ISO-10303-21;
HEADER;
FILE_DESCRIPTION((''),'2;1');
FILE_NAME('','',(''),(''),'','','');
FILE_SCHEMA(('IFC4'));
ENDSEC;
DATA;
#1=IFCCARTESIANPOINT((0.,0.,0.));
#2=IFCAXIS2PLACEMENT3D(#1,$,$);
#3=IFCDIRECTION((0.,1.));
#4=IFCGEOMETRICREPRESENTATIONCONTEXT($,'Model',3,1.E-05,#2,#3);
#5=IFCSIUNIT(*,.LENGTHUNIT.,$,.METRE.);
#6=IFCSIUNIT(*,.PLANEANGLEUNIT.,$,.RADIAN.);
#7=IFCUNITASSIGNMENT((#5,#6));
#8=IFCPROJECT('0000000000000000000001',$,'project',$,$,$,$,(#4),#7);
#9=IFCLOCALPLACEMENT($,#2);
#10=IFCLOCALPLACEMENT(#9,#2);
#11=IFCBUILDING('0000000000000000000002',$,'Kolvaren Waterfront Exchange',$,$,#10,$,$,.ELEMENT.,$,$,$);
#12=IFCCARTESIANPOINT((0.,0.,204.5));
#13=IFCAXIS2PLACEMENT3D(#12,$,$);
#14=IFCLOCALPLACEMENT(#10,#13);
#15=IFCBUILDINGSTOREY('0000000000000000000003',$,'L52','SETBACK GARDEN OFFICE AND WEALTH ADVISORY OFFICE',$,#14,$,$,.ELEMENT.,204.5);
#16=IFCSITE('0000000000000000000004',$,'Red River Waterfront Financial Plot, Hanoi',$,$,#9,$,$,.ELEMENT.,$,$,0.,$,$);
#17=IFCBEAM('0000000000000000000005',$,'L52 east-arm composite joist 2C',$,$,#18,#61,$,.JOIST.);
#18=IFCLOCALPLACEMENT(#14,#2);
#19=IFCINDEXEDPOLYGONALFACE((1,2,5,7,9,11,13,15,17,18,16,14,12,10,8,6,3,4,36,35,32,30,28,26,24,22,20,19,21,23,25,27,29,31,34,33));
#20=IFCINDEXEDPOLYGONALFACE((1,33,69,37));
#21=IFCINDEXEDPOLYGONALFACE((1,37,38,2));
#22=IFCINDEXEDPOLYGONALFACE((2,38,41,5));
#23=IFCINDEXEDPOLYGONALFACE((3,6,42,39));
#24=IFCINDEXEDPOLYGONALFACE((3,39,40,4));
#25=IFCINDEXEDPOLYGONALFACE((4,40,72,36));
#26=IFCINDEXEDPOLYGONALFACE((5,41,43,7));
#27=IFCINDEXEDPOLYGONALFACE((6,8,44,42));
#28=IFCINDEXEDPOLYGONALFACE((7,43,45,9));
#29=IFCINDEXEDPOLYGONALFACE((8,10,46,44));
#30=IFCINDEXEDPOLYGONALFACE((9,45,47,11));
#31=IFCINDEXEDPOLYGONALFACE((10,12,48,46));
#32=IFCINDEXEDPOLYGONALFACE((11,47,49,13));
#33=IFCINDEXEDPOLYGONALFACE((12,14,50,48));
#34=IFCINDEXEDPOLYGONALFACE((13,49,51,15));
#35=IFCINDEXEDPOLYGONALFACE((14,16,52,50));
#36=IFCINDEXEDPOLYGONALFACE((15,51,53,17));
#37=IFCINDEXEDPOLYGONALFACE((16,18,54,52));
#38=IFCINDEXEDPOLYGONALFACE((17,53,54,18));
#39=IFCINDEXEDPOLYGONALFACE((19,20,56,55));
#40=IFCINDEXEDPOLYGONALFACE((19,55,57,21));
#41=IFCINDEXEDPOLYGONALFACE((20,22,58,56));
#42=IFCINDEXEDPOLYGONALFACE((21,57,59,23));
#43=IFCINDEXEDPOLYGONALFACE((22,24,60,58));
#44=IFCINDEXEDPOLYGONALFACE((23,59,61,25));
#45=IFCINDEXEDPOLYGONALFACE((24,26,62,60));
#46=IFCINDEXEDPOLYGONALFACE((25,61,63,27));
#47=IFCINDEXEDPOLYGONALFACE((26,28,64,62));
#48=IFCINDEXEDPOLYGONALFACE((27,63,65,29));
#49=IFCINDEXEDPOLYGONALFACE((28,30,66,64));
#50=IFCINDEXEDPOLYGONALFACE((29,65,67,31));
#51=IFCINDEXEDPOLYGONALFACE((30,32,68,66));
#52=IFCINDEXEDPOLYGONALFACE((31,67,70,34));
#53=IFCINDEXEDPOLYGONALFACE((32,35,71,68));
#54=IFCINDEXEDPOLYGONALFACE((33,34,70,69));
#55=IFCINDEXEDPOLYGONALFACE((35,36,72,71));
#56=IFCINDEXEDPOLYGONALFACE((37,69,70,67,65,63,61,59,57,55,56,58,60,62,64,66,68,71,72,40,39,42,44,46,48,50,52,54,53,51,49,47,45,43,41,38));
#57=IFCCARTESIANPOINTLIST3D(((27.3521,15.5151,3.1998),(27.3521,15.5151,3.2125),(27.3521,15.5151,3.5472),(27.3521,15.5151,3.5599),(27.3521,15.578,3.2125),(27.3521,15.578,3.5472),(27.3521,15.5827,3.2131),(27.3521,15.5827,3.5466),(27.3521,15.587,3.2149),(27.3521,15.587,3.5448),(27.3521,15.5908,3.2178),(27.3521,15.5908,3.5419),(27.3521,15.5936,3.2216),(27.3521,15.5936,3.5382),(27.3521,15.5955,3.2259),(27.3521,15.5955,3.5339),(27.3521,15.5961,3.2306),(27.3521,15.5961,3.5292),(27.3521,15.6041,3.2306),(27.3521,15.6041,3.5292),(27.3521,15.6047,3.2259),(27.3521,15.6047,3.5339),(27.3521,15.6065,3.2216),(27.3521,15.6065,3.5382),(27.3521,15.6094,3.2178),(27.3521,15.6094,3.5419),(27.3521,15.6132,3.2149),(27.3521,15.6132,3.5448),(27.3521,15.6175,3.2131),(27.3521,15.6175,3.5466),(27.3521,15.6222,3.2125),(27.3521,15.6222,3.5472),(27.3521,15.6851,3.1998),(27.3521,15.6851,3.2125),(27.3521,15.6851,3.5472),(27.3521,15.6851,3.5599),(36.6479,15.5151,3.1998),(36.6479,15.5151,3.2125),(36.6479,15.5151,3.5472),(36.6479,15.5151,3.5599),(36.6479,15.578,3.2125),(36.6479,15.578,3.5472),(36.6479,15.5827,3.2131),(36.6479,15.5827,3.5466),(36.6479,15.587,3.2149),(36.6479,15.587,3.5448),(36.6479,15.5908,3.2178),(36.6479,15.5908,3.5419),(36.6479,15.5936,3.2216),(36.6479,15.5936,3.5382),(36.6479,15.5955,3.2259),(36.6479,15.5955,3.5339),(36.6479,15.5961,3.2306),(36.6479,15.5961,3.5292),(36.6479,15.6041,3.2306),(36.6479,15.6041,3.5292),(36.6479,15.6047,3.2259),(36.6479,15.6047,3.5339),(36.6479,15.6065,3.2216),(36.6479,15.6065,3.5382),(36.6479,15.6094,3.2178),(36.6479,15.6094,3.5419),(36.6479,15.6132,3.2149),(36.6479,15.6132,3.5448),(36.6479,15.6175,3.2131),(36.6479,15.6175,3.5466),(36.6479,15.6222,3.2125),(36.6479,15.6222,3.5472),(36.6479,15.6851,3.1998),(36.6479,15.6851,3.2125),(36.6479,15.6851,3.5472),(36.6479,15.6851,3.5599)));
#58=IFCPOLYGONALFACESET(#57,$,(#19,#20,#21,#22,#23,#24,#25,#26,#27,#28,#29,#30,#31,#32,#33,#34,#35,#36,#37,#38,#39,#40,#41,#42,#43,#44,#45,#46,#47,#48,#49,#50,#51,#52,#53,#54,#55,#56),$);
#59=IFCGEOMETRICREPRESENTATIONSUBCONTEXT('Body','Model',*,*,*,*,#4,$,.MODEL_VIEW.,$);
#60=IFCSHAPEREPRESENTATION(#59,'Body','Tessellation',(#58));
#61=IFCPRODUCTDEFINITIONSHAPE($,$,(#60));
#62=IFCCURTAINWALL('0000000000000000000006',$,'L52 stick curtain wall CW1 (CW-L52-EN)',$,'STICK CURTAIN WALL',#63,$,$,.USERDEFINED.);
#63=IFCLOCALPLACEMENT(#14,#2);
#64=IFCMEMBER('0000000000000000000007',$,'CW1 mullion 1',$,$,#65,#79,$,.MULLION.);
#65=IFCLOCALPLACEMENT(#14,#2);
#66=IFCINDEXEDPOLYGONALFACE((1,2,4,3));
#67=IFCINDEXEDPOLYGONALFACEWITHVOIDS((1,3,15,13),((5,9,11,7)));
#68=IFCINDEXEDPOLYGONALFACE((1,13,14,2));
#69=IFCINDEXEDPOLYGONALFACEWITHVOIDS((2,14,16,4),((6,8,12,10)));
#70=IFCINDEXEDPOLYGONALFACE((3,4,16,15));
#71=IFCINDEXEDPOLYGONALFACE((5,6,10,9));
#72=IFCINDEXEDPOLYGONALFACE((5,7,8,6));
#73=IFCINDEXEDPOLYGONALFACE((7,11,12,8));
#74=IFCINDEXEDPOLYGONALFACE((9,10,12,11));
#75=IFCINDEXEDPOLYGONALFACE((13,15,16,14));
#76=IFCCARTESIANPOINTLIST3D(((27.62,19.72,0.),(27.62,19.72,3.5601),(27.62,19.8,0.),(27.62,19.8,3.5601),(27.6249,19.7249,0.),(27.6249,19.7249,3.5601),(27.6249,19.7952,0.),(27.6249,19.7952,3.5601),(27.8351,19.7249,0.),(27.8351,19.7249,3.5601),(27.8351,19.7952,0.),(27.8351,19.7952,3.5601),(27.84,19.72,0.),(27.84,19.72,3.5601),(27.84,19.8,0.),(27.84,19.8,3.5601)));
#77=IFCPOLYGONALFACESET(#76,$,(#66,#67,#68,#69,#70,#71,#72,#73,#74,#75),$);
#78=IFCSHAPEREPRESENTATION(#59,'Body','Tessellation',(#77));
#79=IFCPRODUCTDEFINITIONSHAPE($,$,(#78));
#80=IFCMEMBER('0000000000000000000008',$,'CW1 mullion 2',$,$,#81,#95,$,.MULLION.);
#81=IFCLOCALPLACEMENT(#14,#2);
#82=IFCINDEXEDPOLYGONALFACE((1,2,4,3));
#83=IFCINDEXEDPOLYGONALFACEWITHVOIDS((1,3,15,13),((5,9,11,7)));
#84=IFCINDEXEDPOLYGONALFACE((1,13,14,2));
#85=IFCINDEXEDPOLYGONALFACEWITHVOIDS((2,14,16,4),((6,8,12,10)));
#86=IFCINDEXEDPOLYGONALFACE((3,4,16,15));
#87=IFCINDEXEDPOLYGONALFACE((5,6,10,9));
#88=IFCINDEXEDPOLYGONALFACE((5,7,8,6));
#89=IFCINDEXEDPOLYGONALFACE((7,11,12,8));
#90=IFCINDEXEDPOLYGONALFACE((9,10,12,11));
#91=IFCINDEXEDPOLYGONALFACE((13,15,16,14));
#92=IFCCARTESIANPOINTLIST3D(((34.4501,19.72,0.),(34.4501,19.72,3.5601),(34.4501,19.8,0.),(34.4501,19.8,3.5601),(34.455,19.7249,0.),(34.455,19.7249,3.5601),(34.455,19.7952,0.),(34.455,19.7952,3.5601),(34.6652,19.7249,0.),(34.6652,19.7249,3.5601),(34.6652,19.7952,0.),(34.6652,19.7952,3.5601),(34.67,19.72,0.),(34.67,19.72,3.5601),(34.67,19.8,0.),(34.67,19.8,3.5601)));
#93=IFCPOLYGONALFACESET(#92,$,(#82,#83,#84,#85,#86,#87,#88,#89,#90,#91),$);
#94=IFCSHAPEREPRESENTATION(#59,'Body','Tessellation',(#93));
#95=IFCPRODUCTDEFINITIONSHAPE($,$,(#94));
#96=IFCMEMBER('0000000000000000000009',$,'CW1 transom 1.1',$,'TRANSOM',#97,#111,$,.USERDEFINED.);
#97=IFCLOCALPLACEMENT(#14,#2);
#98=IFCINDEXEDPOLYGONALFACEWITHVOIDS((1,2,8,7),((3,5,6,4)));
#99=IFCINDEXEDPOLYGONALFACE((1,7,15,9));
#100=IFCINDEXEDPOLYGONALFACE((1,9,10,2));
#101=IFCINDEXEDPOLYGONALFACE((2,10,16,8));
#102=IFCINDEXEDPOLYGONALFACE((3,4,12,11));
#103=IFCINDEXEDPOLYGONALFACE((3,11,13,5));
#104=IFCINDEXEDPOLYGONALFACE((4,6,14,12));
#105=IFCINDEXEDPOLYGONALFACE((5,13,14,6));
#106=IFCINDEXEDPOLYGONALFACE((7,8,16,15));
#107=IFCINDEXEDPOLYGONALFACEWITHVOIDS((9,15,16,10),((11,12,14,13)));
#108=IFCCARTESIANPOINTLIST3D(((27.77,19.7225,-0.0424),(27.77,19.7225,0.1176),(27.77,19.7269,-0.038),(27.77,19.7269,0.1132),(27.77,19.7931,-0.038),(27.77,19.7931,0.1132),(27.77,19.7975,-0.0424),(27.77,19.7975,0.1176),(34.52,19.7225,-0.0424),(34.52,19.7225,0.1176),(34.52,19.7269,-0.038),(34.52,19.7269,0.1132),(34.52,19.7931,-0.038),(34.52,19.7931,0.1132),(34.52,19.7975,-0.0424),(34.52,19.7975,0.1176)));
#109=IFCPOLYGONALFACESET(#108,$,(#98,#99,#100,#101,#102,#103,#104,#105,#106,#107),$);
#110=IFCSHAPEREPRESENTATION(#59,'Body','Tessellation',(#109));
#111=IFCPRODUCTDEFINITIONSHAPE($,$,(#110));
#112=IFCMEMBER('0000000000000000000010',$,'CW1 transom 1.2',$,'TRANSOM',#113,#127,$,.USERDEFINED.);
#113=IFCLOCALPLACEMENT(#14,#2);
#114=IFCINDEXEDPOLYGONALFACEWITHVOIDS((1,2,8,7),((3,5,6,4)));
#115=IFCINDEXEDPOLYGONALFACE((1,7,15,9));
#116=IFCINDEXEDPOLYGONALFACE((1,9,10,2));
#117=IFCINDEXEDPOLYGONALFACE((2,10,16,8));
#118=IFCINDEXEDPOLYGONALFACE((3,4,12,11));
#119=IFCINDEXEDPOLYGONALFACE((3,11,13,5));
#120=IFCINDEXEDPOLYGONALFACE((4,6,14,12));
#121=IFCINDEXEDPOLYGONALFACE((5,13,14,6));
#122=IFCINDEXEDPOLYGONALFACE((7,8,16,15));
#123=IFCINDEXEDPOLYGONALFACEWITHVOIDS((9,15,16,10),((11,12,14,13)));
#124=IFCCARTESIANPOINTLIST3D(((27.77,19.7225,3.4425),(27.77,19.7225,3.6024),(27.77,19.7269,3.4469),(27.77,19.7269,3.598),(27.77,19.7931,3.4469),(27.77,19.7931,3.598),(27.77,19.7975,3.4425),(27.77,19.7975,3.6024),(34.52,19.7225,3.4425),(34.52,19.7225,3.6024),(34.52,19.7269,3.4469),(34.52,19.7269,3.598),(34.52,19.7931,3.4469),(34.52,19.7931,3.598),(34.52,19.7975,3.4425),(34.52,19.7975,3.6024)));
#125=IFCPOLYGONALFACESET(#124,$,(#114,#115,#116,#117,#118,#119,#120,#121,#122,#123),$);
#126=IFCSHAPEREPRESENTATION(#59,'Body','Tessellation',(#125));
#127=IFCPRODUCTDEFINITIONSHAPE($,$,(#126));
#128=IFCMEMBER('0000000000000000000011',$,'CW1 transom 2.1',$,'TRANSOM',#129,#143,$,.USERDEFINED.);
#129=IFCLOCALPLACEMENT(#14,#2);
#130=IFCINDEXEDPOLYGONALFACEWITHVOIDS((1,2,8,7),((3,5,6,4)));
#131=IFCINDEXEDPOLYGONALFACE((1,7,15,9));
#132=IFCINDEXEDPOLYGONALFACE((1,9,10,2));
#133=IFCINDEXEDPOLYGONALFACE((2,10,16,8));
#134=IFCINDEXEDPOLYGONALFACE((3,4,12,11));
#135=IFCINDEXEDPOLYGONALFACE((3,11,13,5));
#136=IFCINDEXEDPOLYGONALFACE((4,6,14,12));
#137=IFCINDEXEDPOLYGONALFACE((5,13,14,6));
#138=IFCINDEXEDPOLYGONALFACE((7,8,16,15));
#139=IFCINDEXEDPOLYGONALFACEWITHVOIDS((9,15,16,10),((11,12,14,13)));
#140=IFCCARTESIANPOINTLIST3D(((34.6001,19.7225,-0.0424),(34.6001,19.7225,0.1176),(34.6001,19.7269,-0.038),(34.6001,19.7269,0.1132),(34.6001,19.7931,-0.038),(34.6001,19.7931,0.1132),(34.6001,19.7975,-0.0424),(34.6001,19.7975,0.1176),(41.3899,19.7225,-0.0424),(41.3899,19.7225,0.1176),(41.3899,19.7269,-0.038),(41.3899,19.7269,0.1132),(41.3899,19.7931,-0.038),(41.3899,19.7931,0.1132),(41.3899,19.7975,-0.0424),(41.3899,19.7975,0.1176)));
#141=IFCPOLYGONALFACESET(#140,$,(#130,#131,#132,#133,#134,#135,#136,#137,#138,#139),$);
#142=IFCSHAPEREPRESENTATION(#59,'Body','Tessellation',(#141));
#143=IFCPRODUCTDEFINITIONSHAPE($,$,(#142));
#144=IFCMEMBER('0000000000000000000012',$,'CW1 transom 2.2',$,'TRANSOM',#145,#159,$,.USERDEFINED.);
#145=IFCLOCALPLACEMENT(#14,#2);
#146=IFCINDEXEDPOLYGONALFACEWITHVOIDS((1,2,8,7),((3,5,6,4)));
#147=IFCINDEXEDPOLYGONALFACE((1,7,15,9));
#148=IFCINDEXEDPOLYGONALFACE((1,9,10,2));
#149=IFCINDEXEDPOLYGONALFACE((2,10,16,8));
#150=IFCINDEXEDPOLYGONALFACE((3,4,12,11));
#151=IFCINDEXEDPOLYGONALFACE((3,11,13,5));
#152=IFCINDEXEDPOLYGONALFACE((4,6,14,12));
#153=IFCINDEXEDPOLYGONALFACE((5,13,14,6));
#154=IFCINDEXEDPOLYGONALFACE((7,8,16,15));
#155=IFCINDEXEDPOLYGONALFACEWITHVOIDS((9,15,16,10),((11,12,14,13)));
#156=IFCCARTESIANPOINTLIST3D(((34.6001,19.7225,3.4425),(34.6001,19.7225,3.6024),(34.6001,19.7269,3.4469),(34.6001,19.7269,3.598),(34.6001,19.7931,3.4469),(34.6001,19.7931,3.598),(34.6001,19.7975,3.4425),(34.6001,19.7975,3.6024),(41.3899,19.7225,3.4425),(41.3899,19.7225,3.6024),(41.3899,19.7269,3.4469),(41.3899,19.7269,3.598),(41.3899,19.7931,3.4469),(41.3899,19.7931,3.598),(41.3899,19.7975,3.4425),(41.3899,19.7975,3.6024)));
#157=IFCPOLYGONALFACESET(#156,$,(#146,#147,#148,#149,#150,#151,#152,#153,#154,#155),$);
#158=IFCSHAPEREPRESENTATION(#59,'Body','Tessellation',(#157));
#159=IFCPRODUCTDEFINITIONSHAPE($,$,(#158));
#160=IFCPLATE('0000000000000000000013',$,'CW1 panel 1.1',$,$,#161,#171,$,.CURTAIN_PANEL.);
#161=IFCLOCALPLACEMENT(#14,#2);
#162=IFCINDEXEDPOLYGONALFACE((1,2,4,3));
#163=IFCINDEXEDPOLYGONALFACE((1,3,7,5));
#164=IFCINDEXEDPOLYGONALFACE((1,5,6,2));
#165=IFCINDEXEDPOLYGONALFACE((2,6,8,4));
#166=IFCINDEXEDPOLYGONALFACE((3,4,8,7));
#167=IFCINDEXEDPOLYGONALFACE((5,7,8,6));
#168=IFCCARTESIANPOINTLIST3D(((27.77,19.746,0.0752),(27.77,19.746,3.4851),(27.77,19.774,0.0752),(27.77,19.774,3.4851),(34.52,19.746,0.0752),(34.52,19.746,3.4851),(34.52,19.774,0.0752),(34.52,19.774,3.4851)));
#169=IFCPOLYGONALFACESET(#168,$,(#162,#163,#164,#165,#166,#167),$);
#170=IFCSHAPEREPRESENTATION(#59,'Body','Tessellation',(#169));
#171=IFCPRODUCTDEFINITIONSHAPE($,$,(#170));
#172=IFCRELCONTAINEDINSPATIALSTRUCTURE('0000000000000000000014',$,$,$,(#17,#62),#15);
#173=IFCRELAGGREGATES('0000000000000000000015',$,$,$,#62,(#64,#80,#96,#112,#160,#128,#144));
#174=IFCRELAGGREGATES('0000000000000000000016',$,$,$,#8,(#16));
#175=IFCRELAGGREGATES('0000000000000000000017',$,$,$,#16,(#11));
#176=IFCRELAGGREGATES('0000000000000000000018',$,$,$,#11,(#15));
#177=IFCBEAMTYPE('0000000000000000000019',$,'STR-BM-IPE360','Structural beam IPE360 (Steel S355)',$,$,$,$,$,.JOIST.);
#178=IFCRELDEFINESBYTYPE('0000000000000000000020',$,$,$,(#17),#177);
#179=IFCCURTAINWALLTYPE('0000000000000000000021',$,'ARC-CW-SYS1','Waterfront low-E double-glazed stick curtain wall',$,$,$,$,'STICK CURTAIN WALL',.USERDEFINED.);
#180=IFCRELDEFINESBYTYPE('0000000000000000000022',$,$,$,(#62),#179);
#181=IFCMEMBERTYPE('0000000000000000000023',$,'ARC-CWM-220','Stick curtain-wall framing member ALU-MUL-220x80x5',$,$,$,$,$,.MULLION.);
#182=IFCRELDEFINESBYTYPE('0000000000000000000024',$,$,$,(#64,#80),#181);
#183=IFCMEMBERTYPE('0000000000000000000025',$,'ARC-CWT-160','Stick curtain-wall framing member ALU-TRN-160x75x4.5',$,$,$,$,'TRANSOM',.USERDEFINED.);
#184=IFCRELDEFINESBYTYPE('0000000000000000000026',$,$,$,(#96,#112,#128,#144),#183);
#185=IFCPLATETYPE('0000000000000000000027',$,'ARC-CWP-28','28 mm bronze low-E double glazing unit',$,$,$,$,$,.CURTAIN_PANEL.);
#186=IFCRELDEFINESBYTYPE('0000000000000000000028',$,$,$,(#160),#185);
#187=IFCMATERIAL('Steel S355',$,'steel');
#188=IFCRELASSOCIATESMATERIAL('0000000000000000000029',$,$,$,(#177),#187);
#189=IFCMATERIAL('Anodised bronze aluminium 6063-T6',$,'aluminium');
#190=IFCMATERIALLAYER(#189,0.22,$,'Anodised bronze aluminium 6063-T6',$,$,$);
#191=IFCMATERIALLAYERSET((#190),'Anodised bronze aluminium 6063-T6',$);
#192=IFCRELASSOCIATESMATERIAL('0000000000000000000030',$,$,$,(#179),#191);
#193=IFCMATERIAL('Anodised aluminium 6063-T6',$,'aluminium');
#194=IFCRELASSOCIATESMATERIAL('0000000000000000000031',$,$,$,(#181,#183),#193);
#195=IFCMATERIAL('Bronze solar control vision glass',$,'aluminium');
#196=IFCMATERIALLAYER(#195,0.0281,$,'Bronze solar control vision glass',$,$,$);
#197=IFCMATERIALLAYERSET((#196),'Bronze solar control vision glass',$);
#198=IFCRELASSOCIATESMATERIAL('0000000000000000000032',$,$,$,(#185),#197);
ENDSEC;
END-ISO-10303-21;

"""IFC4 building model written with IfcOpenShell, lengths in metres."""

from ifc_helpers import new_model, si_unit, direction, frame, origin, origin_with_axes, origin_2d, place, context, subcontext, project, spatial, rectangle, hollow_rectangle, i_section, extrude, source, transform, mapped, material, layer, layer_set, material_profile, profile_set, type_object, element, aggregate, save


model = new_model("IFC4")

# Units and contexts
model_context = context("Model", 3, precision=1e-05, world=origin(), true_north=direction((0.0, 1.0)))
body_context = subcontext(model_context, "Body", "Model", "MODEL_VIEW")
ifc_project = project(units=[si_unit("LENGTHUNIT", "METRE"), si_unit("PLANEANGLEUNIT", "RADIAN")], contexts=[model_context])

# Site, building, storey
site_placement = place(None, origin())
site = spatial("IfcSite", under=ifc_project, at=site_placement, Name="Red River Waterfront Financial Plot, Hanoi", CompositionType="ELEMENT", RefElevation=0.0)
building_placement = place(site_placement, origin())
building = spatial("IfcBuilding", under=site, at=building_placement, Name="Kolvaren Waterfront Exchange", CompositionType="ELEMENT")
storey_placement = place(building_placement, frame((0.0, 0.0, 204.5)))
storey = spatial("IfcBuildingStorey", under=building, at=storey_placement, Name="L52", Description="SETBACK GARDEN OFFICE AND WEALTH ADVISORY OFFICE", CompositionType="ELEMENT", Elevation=204.5)

# Beam
ifc_material_1 = material(Name="Steel S355", Category="steel")
ifc_material_profile_1 = material_profile(ifc_material_1, i_section(OverallWidth=0.1699, OverallDepth=0.3601, WebThickness=0.0081, FlangeThickness=0.0127, FilletRadius=0.0181, at=origin_2d()), Name="IPE360")
ifc_profile_set_1 = profile_set([ifc_material_profile_1], Name="Steel S355")
beam_type_1 = type_object("IfcBeamType", Name="STR-BM-IPE360", Description="Structural beam IPE360 (Steel S355)", PredefinedType="JOIST", material=ifc_profile_set_1)
for number, where, z_axis, x_axis, name in (
    (1, (27.3521, 15.6001, 3.3799), (1.0, 0.0, 0.0), (0.0, 1.0, 0.0), "L52 east-arm composite joist 2C"),
):
    element("IfcBeam", number, at=place(storey_placement, frame(where, z_axis=z_axis, x_axis=x_axis)), inside=storey, type_object=beam_type_1, Name=name, PredefinedType="JOIST", context=body_context, shape_type="SweptSolid", body=[
        extrude(i_section(OverallWidth=0.1699, OverallDepth=0.3601, WebThickness=0.0081, FlangeThickness=0.0127, FilletRadius=0.0181, at=origin_2d()), origin(), (0.0, 0.0, 1.0), 9.2959),
    ])

# Curtain wall, members, plate
ifc_material_2 = material(Name="Anodised bronze aluminium 6063-T6", Category="aluminium")
ifc_layer_1 = layer(ifc_material_2, 0.22, Name="Anodised bronze aluminium 6063-T6")
ifc_layer_set_1 = layer_set([ifc_layer_1], Name="Anodised bronze aluminium 6063-T6")
curtain_wall_type = type_object("IfcCurtainWallType", Name="ARC-CW-SYS1", Description="Waterfront low-E double-glazed stick curtain wall", ElementType="STICK CURTAIN WALL", PredefinedType="USERDEFINED", material=ifc_layer_set_1)
curtain_wall_placement = place(storey_placement, origin())
curtain_wall = element("IfcCurtainWall", 2, at=curtain_wall_placement, inside=storey, type_object=curtain_wall_type, Name="L52 stick curtain wall CW1 (CW-L52-EN)", ObjectType="STICK CURTAIN WALL", PredefinedType="USERDEFINED")
ifc_material_3 = material(Name="Anodised aluminium 6063-T6", Category="aluminium")
ifc_material_profile_2 = material_profile(ifc_material_3, hollow_rectangle(XDim=0.0801, YDim=0.22, WallThickness=0.0049, at=origin_2d()), Name="ALU-MUL-220x80x5")
ifc_profile_set_2 = profile_set([ifc_material_profile_2], Name="Anodised aluminium 6063-T6")
member_type_1 = type_object("IfcMemberType", Name="ARC-CWM-220", Description="Stick curtain-wall framing member ALU-MUL-220x80x5", PredefinedType="MULLION", material=ifc_profile_set_2)
shared_shape_1 = source(origin_with_axes(), body_context, "Body", "SweptSolid", [
    extrude(hollow_rectangle(XDim=0.0801, YDim=0.22, WallThickness=0.0049, at=origin_2d()), origin(), (0.0, 0.0, 1.0), 3.5601),
])
member_1_placement = place(storey_placement, frame((27.73, 19.76, 0.0), z_axis=(0.0, 0.0, 1.0), x_axis=(0.0, 1.0, 0.0)))
member_1 = element("IfcMember", 3, at=member_1_placement, type_object=member_type_1, Name="CW1 mullion 1", PredefinedType="MULLION", context=body_context, shape_type="MappedRepresentation", body=[
    mapped(shared_shape_1, transform((0.0, 0.0, 0.0), x_axis=(1.0, 0.0, 0.0), y_axis=(0.0, 1.0, 0.0), z_axis=(0.0, 0.0, 1.0), scale=1.0)),
])
member_2_placement = place(storey_placement, frame((34.5601, 19.76, 0.0), z_axis=(0.0, 0.0, 1.0), x_axis=(0.0, 1.0, 0.0)))
member_2 = element("IfcMember", 4, at=member_2_placement, type_object=member_type_1, Name="CW1 mullion 2", PredefinedType="MULLION", context=body_context, shape_type="MappedRepresentation", body=[
    mapped(shared_shape_1, transform((0.0, 0.0, 0.0), x_axis=(1.0, 0.0, 0.0), y_axis=(0.0, 1.0, 0.0), z_axis=(0.0, 0.0, 1.0), scale=1.0)),
])
ifc_material_profile_3 = material_profile(ifc_material_3, hollow_rectangle(XDim=0.075, YDim=0.1599, WallThickness=0.0044, at=origin_2d()), Name="ALU-TRN-160x75x4.5")
ifc_profile_set_3 = profile_set([ifc_material_profile_3], Name="Anodised aluminium 6063-T6")
member_type_2 = type_object("IfcMemberType", Name="ARC-CWT-160", Description="Stick curtain-wall framing member ALU-TRN-160x75x4.5", ElementType="TRANSOM", PredefinedType="USERDEFINED", material=ifc_profile_set_3)
shared_shape_2 = source(origin_with_axes(), body_context, "Body", "SweptSolid", [
    extrude(hollow_rectangle(XDim=0.075, YDim=0.1599, WallThickness=0.0044, at=origin_2d()), origin(), (0.0, 0.0, 1.0), 6.75),
])
member_3_placement = place(storey_placement, frame((27.77, 19.76, 0.0376), z_axis=(1.0, 0.0, 0.0), x_axis=(0.0, 1.0, 0.0)))
member_3 = element("IfcMember", 5, at=member_3_placement, type_object=member_type_2, Name="CW1 transom 1.1", ObjectType="TRANSOM", PredefinedType="USERDEFINED", context=body_context, shape_type="MappedRepresentation", body=[
    mapped(shared_shape_2, transform((0.0, 0.0, 0.0), x_axis=(1.0, 0.0, 0.0), y_axis=(0.0, 1.0, 0.0), z_axis=(0.0, 0.0, 1.0), scale=1.0)),
])
member_4_placement = place(storey_placement, frame((27.77, 19.76, 3.5225), z_axis=(1.0, 0.0, 0.0), x_axis=(0.0, 1.0, 0.0)))
member_4 = element("IfcMember", 6, at=member_4_placement, type_object=member_type_2, Name="CW1 transom 1.2", ObjectType="TRANSOM", PredefinedType="USERDEFINED", context=body_context, shape_type="MappedRepresentation", body=[
    mapped(shared_shape_2, transform((0.0, 0.0, 0.0), x_axis=(1.0, 0.0, 0.0), y_axis=(0.0, 1.0, 0.0), z_axis=(0.0, 0.0, 1.0), scale=1.0)),
])
shared_shape_3 = source(origin_with_axes(), body_context, "Body", "SweptSolid", [
    extrude(hollow_rectangle(XDim=0.075, YDim=0.1599, WallThickness=0.0044, at=origin_2d()), origin(), (0.0, 0.0, 1.0), 6.7898),
])
member_5_placement = place(storey_placement, frame((34.6001, 19.76, 0.0376), z_axis=(1.0, 0.0, 0.0), x_axis=(0.0, 1.0, 0.0)))
member_5 = element("IfcMember", 7, at=member_5_placement, type_object=member_type_2, Name="CW1 transom 2.1", ObjectType="TRANSOM", PredefinedType="USERDEFINED", context=body_context, shape_type="MappedRepresentation", body=[
    mapped(shared_shape_3, transform((0.0, 0.0, 0.0), x_axis=(1.0, 0.0, 0.0), y_axis=(0.0, 1.0, 0.0), z_axis=(0.0, 0.0, 1.0), scale=1.0)),
])
member_6_placement = place(storey_placement, frame((34.6001, 19.76, 3.5225), z_axis=(1.0, 0.0, 0.0), x_axis=(0.0, 1.0, 0.0)))
member_6 = element("IfcMember", 8, at=member_6_placement, type_object=member_type_2, Name="CW1 transom 2.2", ObjectType="TRANSOM", PredefinedType="USERDEFINED", context=body_context, shape_type="MappedRepresentation", body=[
    mapped(shared_shape_3, transform((0.0, 0.0, 0.0), x_axis=(1.0, 0.0, 0.0), y_axis=(0.0, 1.0, 0.0), z_axis=(0.0, 0.0, 1.0), scale=1.0)),
])
ifc_material_4 = material(Name="Bronze solar control vision glass", Category="aluminium")
ifc_layer_2 = layer(ifc_material_4, 0.0281, Name="Bronze solar control vision glass")
ifc_layer_set_2 = layer_set([ifc_layer_2], Name="Bronze solar control vision glass")
plate_type = type_object("IfcPlateType", Name="ARC-CWP-28", Description="28 mm bronze low-E double glazing unit", PredefinedType="CURTAIN_PANEL", material=ifc_layer_set_2)
shared_shape_4 = source(origin_with_axes(), body_context, "Body", "SweptSolid", [
    extrude(rectangle(XDim=6.75, YDim=0.0281, at=origin_2d()), origin(), (0.0, 0.0, 1.0), 3.4099),
])
plate_placement = place(storey_placement, frame((31.145, 19.76, 0.0752), z_axis=(0.0, 0.0, 1.0), x_axis=(1.0, 0.0, 0.0)))
plate = element("IfcPlate", 9, at=plate_placement, type_object=plate_type, Name="CW1 panel 1.1", PredefinedType="CURTAIN_PANEL", context=body_context, shape_type="MappedRepresentation", body=[
    mapped(shared_shape_4, transform((0.0, 0.0, 0.0), x_axis=(1.0, 0.0, 0.0), y_axis=(0.0, 1.0, 0.0), z_axis=(0.0, 0.0, 1.0), scale=1.0)),
])
aggregate(curtain_wall, [member_1, member_2, member_3, member_4, plate, member_5, member_6])

save(model, "model.ifc")
